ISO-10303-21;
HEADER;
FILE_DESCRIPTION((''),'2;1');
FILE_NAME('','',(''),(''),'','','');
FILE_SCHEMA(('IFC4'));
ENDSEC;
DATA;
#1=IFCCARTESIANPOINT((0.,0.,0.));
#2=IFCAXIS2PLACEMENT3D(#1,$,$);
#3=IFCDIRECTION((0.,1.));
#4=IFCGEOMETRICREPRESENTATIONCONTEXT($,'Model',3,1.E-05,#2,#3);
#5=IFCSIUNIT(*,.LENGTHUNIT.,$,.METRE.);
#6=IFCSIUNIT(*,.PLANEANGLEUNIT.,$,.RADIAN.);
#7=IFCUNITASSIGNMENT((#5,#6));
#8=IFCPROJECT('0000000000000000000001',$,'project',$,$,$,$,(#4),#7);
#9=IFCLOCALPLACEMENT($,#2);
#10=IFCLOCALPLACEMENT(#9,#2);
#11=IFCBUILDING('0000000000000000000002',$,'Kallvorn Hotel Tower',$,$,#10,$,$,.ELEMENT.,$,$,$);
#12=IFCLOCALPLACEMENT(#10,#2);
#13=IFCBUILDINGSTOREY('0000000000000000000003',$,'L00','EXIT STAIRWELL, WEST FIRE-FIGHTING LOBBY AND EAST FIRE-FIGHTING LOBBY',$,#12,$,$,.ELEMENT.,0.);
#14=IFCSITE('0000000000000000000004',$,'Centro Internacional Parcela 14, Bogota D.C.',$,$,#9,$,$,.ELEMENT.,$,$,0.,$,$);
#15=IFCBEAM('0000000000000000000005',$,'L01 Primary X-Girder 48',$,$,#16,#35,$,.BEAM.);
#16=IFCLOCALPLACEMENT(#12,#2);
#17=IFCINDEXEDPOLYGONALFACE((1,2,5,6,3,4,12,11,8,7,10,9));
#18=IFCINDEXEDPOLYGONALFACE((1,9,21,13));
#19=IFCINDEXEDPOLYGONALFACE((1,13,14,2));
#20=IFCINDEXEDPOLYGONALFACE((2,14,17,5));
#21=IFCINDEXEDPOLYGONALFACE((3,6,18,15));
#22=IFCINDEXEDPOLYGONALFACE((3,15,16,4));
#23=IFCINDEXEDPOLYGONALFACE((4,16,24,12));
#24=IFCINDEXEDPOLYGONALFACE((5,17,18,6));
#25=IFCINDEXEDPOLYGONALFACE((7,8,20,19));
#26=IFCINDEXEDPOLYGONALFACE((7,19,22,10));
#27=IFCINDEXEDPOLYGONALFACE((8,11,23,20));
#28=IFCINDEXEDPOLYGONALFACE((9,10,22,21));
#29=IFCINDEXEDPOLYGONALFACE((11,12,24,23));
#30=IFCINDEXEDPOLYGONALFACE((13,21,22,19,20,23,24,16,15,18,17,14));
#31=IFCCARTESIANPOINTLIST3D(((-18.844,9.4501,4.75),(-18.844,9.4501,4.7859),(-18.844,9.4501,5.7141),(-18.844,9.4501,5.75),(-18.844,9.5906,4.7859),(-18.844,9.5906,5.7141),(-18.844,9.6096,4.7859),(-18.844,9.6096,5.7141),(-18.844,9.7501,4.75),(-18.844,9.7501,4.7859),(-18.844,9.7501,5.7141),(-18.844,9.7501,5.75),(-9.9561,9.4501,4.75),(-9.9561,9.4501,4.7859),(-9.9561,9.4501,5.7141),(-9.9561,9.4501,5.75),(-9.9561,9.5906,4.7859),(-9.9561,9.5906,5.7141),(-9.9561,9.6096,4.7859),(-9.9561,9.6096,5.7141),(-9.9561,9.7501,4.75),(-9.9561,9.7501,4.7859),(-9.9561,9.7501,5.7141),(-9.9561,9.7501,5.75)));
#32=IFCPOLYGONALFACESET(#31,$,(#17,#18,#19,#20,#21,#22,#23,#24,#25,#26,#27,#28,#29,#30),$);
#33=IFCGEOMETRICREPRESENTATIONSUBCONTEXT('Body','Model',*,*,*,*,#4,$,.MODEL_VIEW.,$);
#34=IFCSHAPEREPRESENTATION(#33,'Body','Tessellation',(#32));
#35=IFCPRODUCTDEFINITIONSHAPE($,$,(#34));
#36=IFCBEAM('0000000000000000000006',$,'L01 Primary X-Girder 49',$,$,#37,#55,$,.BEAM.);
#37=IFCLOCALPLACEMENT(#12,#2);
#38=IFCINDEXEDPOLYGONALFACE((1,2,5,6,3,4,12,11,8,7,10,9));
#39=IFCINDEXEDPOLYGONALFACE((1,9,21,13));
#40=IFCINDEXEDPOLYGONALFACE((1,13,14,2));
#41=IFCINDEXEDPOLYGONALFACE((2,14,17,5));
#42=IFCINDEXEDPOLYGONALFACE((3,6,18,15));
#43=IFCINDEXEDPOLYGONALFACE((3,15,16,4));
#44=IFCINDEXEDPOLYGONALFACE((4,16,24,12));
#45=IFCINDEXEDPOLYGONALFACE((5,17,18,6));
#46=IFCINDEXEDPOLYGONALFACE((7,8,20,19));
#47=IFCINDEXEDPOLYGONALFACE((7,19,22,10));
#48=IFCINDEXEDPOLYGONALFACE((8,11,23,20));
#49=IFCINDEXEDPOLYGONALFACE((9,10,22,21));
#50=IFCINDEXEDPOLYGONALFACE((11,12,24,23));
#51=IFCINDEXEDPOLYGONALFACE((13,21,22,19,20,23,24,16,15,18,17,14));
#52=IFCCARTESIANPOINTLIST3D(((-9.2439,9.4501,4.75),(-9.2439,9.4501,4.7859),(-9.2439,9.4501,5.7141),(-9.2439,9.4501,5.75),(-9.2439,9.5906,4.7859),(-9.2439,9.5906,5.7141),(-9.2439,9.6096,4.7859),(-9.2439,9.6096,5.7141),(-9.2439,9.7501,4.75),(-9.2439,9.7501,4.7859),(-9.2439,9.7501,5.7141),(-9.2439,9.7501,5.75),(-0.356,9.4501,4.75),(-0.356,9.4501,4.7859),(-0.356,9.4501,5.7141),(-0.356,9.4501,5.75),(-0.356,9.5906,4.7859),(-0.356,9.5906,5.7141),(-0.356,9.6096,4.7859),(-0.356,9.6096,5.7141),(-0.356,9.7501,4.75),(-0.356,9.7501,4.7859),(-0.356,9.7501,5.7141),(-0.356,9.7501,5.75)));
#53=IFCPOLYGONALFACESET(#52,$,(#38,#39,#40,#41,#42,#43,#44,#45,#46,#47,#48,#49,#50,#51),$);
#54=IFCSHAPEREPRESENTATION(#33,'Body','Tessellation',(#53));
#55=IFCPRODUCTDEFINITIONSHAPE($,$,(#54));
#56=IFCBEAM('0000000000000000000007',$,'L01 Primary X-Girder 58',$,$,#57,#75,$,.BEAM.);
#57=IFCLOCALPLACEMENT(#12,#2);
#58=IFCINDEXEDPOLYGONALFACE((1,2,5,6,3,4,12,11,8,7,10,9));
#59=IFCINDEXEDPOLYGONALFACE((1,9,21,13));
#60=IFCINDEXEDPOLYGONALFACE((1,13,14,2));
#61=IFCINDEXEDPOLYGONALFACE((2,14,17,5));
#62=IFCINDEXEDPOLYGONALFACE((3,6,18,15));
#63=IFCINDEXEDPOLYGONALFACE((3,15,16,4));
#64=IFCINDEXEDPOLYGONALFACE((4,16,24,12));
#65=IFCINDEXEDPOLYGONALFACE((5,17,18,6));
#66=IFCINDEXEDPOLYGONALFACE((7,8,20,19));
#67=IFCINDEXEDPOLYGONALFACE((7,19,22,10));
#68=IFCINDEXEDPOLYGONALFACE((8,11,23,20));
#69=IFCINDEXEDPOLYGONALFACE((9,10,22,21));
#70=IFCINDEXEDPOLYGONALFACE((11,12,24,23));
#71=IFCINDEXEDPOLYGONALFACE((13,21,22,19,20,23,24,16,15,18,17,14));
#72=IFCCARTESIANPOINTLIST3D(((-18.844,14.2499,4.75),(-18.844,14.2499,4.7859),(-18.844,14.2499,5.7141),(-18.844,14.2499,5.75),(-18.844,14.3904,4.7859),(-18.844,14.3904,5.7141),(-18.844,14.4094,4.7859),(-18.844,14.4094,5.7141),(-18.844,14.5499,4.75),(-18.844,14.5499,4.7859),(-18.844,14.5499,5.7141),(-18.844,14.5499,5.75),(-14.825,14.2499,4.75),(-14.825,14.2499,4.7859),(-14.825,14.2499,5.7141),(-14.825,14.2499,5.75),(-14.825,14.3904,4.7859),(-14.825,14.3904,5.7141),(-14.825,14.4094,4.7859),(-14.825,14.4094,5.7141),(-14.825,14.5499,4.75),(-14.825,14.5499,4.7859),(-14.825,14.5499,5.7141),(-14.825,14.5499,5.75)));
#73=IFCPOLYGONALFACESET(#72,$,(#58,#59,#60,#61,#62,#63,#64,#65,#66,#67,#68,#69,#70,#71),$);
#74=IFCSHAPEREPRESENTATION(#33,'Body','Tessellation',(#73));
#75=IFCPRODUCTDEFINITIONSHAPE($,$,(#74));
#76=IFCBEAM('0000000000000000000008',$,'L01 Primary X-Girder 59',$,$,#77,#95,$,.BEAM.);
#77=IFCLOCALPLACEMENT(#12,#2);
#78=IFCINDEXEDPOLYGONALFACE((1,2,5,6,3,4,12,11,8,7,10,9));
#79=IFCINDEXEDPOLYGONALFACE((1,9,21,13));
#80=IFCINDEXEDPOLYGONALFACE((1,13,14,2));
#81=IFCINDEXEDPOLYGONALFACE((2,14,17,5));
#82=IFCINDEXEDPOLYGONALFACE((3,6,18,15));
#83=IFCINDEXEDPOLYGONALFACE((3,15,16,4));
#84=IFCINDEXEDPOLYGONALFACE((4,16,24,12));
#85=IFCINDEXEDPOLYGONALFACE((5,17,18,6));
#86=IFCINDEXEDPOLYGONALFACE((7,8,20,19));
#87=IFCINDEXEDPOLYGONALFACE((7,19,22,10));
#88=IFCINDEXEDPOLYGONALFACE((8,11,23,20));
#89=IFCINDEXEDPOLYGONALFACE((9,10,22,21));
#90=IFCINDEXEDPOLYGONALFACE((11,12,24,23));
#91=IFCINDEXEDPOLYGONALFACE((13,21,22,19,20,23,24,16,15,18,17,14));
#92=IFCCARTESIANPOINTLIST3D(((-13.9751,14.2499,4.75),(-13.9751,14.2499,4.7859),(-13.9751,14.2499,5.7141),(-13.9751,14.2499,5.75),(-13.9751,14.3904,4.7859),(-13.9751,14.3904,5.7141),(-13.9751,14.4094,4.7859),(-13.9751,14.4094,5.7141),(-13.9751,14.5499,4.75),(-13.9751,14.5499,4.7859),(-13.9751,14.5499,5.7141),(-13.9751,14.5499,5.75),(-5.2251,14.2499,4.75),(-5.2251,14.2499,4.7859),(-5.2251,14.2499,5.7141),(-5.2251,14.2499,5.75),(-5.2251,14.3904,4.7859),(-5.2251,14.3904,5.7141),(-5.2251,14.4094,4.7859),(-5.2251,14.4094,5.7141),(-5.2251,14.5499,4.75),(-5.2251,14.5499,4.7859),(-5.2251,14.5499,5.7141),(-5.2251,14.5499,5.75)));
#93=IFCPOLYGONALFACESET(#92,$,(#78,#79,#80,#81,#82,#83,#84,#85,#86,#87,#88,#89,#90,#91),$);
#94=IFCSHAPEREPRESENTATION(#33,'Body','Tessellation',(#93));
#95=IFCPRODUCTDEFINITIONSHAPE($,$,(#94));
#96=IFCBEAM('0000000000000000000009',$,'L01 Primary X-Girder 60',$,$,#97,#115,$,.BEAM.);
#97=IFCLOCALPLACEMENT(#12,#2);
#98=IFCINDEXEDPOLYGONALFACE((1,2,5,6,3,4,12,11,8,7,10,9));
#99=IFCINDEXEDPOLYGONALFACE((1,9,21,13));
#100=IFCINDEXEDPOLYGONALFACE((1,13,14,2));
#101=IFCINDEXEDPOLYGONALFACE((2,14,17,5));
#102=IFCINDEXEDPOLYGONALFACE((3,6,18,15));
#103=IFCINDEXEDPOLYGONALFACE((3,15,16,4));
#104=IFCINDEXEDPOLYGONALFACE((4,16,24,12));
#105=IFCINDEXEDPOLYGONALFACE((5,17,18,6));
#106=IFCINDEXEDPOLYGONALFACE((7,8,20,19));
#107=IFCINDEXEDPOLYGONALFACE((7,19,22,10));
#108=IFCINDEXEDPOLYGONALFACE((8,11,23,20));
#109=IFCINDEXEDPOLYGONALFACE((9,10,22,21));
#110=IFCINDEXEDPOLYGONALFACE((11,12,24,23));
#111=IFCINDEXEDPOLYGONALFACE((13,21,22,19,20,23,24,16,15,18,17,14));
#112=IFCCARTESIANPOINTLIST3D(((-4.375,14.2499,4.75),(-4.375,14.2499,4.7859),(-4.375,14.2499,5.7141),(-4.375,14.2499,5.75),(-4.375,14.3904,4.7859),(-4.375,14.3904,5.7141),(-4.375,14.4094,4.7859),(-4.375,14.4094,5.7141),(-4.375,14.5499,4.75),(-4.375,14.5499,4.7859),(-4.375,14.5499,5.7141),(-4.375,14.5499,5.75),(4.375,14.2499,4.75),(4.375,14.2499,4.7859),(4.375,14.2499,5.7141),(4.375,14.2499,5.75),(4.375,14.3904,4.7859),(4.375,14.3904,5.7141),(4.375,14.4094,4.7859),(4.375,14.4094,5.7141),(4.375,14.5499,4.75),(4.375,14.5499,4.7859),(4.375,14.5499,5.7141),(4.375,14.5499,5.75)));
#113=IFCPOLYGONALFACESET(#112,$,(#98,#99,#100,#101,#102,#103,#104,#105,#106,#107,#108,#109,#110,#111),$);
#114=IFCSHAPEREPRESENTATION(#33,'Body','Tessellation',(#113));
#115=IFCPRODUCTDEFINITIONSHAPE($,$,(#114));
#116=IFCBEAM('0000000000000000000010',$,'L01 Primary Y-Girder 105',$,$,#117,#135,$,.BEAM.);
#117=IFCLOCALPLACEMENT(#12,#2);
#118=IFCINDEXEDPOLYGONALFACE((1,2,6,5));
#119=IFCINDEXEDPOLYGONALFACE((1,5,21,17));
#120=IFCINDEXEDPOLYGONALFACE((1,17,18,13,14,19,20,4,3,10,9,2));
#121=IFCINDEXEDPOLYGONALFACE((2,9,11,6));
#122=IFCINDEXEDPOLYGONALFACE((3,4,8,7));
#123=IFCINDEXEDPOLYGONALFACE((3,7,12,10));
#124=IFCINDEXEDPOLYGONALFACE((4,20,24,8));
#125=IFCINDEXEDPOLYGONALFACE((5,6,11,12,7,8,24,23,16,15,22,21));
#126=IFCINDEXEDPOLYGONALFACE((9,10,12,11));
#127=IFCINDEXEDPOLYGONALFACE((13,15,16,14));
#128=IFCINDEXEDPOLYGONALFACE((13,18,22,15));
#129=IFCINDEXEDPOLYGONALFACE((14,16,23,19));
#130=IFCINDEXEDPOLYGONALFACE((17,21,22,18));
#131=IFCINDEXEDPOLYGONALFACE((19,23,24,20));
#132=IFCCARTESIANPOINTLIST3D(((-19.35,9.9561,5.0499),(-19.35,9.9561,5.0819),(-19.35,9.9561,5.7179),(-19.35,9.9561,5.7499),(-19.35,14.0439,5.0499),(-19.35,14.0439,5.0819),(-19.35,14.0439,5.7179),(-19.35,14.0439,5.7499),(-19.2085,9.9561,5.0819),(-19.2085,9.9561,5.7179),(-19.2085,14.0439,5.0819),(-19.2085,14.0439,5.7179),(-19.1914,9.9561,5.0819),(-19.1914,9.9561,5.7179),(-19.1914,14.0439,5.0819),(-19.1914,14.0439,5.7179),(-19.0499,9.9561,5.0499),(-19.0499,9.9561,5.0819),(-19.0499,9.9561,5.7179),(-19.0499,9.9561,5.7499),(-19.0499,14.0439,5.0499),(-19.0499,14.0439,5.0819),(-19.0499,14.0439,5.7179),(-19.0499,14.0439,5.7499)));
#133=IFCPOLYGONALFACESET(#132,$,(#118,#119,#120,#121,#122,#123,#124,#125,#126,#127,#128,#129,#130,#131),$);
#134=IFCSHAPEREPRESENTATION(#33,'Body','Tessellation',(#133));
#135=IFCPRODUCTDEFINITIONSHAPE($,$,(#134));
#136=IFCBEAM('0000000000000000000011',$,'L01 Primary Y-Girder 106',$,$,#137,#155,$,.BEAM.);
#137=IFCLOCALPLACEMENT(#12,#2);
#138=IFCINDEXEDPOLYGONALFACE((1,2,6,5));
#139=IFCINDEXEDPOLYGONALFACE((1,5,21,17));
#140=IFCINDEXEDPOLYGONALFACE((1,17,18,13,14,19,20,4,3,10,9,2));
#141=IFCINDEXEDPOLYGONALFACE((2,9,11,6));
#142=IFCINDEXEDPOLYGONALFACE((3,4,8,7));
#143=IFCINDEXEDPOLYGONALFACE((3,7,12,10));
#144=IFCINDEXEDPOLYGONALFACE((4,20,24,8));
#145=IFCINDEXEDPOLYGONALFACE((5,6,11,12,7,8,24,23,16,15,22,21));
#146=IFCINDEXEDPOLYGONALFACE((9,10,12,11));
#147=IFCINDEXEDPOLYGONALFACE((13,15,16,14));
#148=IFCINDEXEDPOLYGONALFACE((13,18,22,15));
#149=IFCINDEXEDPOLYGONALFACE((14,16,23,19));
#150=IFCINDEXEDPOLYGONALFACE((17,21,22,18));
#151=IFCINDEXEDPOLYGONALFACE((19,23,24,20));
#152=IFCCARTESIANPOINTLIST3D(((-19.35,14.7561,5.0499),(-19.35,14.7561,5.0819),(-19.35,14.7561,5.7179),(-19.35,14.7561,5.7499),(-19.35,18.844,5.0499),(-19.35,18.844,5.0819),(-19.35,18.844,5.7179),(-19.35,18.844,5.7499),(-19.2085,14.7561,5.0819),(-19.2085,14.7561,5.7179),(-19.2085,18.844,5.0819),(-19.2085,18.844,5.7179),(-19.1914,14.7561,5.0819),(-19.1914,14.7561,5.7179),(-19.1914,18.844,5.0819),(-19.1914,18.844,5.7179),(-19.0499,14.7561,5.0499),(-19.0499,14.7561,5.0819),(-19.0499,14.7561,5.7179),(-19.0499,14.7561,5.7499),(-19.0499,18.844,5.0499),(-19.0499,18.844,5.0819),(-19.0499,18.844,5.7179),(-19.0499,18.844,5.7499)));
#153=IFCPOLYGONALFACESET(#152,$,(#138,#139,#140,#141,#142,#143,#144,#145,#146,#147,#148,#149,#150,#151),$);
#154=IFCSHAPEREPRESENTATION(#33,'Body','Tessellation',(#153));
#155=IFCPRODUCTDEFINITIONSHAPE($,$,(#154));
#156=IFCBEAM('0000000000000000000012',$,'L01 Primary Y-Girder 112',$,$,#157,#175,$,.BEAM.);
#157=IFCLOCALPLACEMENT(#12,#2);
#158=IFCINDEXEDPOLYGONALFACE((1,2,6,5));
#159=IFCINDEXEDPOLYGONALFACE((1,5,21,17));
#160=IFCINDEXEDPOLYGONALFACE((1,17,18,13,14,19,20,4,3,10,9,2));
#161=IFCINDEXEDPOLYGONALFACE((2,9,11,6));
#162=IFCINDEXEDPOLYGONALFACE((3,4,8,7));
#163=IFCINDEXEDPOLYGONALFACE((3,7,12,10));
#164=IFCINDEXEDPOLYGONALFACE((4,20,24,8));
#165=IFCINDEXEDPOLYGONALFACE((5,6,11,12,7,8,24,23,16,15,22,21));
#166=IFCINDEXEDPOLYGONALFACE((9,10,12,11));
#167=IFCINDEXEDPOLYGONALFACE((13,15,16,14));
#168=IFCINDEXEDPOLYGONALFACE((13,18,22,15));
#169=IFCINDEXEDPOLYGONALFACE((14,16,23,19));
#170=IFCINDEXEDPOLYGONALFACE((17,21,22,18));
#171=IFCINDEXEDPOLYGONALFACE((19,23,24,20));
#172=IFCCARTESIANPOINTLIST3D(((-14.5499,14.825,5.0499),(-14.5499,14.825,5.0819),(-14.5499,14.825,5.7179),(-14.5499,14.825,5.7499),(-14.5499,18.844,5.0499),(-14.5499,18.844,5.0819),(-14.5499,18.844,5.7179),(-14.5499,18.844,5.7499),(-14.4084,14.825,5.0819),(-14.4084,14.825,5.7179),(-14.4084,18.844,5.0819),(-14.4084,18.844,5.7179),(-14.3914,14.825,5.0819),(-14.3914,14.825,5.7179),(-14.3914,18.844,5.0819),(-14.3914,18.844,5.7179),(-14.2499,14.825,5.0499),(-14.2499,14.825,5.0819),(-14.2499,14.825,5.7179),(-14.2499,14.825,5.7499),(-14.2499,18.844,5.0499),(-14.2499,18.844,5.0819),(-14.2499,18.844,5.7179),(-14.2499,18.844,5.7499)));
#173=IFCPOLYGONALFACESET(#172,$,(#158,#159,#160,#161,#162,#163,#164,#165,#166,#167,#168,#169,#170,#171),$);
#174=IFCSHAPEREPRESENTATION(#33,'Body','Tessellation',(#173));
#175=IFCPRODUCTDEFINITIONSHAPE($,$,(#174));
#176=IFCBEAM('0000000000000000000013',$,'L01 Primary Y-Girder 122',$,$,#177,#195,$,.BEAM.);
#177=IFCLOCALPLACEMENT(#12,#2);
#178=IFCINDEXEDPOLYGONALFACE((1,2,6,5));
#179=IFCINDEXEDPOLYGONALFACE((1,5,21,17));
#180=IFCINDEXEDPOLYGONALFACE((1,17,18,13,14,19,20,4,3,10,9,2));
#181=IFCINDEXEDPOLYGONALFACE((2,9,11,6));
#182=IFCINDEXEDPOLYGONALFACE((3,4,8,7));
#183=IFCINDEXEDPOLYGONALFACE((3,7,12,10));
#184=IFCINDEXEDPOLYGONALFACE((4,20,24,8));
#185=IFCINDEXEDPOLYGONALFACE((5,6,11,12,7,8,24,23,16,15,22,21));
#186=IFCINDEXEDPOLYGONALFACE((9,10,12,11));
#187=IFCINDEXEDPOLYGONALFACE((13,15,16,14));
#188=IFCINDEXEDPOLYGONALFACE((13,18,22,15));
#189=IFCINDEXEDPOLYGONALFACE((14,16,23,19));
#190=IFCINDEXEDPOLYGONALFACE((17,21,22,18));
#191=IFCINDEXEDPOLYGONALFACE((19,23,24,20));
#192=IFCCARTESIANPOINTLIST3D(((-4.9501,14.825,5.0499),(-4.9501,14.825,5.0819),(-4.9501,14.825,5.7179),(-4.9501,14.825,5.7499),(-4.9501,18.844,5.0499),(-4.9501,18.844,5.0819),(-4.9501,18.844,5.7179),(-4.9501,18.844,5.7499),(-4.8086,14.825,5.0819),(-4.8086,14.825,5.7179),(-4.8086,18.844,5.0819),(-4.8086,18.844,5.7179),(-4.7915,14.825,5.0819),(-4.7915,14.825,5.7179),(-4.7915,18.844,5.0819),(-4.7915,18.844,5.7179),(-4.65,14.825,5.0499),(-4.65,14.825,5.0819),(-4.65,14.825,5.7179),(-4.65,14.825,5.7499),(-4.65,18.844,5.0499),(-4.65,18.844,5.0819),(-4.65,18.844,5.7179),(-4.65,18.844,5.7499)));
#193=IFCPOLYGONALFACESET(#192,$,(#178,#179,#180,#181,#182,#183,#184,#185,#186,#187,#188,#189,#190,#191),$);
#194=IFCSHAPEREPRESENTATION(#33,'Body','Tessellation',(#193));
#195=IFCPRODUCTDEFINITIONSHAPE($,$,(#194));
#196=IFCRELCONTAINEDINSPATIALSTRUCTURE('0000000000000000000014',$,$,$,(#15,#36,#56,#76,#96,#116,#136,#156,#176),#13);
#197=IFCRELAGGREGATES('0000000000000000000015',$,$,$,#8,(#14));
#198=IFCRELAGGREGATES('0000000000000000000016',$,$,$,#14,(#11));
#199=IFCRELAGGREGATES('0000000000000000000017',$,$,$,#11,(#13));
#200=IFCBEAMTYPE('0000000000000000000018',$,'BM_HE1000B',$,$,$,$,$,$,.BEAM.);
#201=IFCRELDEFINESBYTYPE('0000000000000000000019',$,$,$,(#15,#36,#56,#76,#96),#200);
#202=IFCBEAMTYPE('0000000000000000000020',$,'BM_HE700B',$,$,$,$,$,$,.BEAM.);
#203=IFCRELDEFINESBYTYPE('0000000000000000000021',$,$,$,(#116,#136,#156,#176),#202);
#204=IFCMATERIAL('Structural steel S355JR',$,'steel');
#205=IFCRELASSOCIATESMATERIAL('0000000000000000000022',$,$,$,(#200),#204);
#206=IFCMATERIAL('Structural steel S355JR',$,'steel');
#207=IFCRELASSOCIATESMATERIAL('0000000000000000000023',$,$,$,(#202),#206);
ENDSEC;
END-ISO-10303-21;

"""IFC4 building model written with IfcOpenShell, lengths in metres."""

from ifc_helpers import new_model, si_unit, direction, frame, origin, origin_2d, place, context, subcontext, project, spatial, i_section, extrude, material, material_profile, profile_set, type_object, element, save


model = new_model("IFC4")

# Units and contexts
model_context = context("Model", 3, precision=1e-05, world=origin(), true_north=direction((0.0, 1.0)))
body_context = subcontext(model_context, "Body", "Model", "MODEL_VIEW")
ifc_project = project(units=[si_unit("LENGTHUNIT", "METRE"), si_unit("PLANEANGLEUNIT", "RADIAN")], contexts=[model_context])

# Site, building, storey
site_placement = place(None, origin())
site = spatial("IfcSite", under=ifc_project, at=site_placement, Name="Centro Internacional Parcela 14, Bogota D.C.", CompositionType="ELEMENT", RefElevation=0.0)
building_placement = place(site_placement, origin())
building = spatial("IfcBuilding", under=site, at=building_placement, Name="Kallvorn Hotel Tower", CompositionType="ELEMENT")
storey_placement = place(building_placement, origin())
storey = spatial("IfcBuildingStorey", under=building, at=storey_placement, Name="L00", Description="EXIT STAIRWELL, WEST FIRE-FIGHTING LOBBY AND EAST FIRE-FIGHTING LOBBY", CompositionType="ELEMENT", Elevation=0.0)

# Beams
ifc_material_1 = material(Name="Structural steel S355JR", Category="steel")
ifc_material_profile_1 = material_profile(ifc_material_1, i_section(OverallWidth=0.3, OverallDepth=1.0, WebThickness=0.019, FlangeThickness=0.0359, at=origin_2d()), Name="HE 1000 B")
ifc_profile_set_1 = profile_set([ifc_material_profile_1], Name="Structural steel S355JR")
beam_type_1 = type_object("IfcBeamType", Name="BM_HE1000B", PredefinedType="BEAM", material=ifc_profile_set_1)
for number, where, z_axis, x_axis, name in (
    (1, (-18.844, 9.6001, 5.25), (1.0, 0.0, 0.0), (0.0, 1.0, 0.0), "L01 Primary X-Girder 48"),
    (2, (-9.2439, 9.6001, 5.25), (1.0, 0.0, 0.0), (0.0, 1.0, 0.0), "L01 Primary X-Girder 49"),
):
    element("IfcBeam", number, at=place(storey_placement, frame(where, z_axis=z_axis, x_axis=x_axis)), inside=storey, type_object=beam_type_1, Name=name, PredefinedType="BEAM", context=body_context, shape_type="SweptSolid", body=[
        extrude(i_section(OverallWidth=0.3, OverallDepth=1.0, WebThickness=0.019, FlangeThickness=0.0359, at=origin_2d()), origin(), (0.0, 0.0, 1.0), 8.8879),
    ])
beam_placement = place(storey_placement, frame((-18.844, 14.3999, 5.25), z_axis=(1.0, 0.0, 0.0), x_axis=(0.0, 1.0, 0.0)))
element("IfcBeam", 3, at=beam_placement, inside=storey, type_object=beam_type_1, Name="L01 Primary X-Girder 58", PredefinedType="BEAM", context=body_context, shape_type="SweptSolid", body=[
    extrude(i_section(OverallWidth=0.3, OverallDepth=1.0, WebThickness=0.019, FlangeThickness=0.0359, at=origin_2d()), origin(), (0.0, 0.0, 1.0), 4.019),
])
for number, where, z_axis, x_axis, name in (
    (4, (-13.9751, 14.3999, 5.25), (1.0, 0.0, 0.0), (0.0, 1.0, 0.0), "L01 Primary X-Girder 59"),
    (5, (-4.375, 14.3999, 5.25), (1.0, 0.0, 0.0), (0.0, 1.0, 0.0), "L01 Primary X-Girder 60"),
):
    element("IfcBeam", number, at=place(storey_placement, frame(where, z_axis=z_axis, x_axis=x_axis)), inside=storey, type_object=beam_type_1, Name=name, PredefinedType="BEAM", context=body_context, shape_type="SweptSolid", body=[
        extrude(i_section(OverallWidth=0.3, OverallDepth=1.0, WebThickness=0.019, FlangeThickness=0.0359, at=origin_2d()), origin(), (0.0, 0.0, 1.0), 8.75),
    ])
ifc_material_2 = material(Name="Structural steel S355JR", Category="steel")
ifc_material_profile_2 = material_profile(ifc_material_2, i_section(OverallWidth=0.3, OverallDepth=0.7, WebThickness=0.0171, FlangeThickness=0.032, at=origin_2d()), Name="HE 700 B")
ifc_profile_set_2 = profile_set([ifc_material_profile_2], Name="Structural steel S355JR")
beam_type_2 = type_object("IfcBeamType", Name="BM_HE700B", PredefinedType="BEAM", material=ifc_profile_set_2)
for number, where, z_axis, x_axis, name in (
    (6, (-19.2, 9.9561, 5.3999), (0.0, 1.0, 0.0), (-1.0, 0.0, 0.0), "L01 Primary Y-Girder 105"),
    (7, (-19.2, 14.7561, 5.3999), (0.0, 1.0, 0.0), (-1.0, 0.0, 0.0), "L01 Primary Y-Girder 106"),
):
    element("IfcBeam", number, at=place(storey_placement, frame(where, z_axis=z_axis, x_axis=x_axis)), inside=storey, type_object=beam_type_2, Name=name, PredefinedType="BEAM", context=body_context, shape_type="SweptSolid", body=[
        extrude(i_section(OverallWidth=0.3, OverallDepth=0.7, WebThickness=0.0171, FlangeThickness=0.032, at=origin_2d()), origin(), (0.0, 0.0, 1.0), 4.0879),
    ])
for number, where, z_axis, x_axis, name in (
    (8, (-14.3999, 14.825, 5.3999), (0.0, 1.0, 0.0), (-1.0, 0.0, 0.0), "L01 Primary Y-Girder 112"),
    (9, (-4.8, 14.825, 5.3999), (0.0, 1.0, 0.0), (-1.0, 0.0, 0.0), "L01 Primary Y-Girder 122"),
):
    element("IfcBeam", number, at=place(storey_placement, frame(where, z_axis=z_axis, x_axis=x_axis)), inside=storey, type_object=beam_type_2, Name=name, PredefinedType="BEAM", context=body_context, shape_type="SweptSolid", body=[
        extrude(i_section(OverallWidth=0.3, OverallDepth=0.7, WebThickness=0.0171, FlangeThickness=0.032, at=origin_2d()), origin(), (0.0, 0.0, 1.0), 4.019),
    ])

save(model, "model.ifc")
